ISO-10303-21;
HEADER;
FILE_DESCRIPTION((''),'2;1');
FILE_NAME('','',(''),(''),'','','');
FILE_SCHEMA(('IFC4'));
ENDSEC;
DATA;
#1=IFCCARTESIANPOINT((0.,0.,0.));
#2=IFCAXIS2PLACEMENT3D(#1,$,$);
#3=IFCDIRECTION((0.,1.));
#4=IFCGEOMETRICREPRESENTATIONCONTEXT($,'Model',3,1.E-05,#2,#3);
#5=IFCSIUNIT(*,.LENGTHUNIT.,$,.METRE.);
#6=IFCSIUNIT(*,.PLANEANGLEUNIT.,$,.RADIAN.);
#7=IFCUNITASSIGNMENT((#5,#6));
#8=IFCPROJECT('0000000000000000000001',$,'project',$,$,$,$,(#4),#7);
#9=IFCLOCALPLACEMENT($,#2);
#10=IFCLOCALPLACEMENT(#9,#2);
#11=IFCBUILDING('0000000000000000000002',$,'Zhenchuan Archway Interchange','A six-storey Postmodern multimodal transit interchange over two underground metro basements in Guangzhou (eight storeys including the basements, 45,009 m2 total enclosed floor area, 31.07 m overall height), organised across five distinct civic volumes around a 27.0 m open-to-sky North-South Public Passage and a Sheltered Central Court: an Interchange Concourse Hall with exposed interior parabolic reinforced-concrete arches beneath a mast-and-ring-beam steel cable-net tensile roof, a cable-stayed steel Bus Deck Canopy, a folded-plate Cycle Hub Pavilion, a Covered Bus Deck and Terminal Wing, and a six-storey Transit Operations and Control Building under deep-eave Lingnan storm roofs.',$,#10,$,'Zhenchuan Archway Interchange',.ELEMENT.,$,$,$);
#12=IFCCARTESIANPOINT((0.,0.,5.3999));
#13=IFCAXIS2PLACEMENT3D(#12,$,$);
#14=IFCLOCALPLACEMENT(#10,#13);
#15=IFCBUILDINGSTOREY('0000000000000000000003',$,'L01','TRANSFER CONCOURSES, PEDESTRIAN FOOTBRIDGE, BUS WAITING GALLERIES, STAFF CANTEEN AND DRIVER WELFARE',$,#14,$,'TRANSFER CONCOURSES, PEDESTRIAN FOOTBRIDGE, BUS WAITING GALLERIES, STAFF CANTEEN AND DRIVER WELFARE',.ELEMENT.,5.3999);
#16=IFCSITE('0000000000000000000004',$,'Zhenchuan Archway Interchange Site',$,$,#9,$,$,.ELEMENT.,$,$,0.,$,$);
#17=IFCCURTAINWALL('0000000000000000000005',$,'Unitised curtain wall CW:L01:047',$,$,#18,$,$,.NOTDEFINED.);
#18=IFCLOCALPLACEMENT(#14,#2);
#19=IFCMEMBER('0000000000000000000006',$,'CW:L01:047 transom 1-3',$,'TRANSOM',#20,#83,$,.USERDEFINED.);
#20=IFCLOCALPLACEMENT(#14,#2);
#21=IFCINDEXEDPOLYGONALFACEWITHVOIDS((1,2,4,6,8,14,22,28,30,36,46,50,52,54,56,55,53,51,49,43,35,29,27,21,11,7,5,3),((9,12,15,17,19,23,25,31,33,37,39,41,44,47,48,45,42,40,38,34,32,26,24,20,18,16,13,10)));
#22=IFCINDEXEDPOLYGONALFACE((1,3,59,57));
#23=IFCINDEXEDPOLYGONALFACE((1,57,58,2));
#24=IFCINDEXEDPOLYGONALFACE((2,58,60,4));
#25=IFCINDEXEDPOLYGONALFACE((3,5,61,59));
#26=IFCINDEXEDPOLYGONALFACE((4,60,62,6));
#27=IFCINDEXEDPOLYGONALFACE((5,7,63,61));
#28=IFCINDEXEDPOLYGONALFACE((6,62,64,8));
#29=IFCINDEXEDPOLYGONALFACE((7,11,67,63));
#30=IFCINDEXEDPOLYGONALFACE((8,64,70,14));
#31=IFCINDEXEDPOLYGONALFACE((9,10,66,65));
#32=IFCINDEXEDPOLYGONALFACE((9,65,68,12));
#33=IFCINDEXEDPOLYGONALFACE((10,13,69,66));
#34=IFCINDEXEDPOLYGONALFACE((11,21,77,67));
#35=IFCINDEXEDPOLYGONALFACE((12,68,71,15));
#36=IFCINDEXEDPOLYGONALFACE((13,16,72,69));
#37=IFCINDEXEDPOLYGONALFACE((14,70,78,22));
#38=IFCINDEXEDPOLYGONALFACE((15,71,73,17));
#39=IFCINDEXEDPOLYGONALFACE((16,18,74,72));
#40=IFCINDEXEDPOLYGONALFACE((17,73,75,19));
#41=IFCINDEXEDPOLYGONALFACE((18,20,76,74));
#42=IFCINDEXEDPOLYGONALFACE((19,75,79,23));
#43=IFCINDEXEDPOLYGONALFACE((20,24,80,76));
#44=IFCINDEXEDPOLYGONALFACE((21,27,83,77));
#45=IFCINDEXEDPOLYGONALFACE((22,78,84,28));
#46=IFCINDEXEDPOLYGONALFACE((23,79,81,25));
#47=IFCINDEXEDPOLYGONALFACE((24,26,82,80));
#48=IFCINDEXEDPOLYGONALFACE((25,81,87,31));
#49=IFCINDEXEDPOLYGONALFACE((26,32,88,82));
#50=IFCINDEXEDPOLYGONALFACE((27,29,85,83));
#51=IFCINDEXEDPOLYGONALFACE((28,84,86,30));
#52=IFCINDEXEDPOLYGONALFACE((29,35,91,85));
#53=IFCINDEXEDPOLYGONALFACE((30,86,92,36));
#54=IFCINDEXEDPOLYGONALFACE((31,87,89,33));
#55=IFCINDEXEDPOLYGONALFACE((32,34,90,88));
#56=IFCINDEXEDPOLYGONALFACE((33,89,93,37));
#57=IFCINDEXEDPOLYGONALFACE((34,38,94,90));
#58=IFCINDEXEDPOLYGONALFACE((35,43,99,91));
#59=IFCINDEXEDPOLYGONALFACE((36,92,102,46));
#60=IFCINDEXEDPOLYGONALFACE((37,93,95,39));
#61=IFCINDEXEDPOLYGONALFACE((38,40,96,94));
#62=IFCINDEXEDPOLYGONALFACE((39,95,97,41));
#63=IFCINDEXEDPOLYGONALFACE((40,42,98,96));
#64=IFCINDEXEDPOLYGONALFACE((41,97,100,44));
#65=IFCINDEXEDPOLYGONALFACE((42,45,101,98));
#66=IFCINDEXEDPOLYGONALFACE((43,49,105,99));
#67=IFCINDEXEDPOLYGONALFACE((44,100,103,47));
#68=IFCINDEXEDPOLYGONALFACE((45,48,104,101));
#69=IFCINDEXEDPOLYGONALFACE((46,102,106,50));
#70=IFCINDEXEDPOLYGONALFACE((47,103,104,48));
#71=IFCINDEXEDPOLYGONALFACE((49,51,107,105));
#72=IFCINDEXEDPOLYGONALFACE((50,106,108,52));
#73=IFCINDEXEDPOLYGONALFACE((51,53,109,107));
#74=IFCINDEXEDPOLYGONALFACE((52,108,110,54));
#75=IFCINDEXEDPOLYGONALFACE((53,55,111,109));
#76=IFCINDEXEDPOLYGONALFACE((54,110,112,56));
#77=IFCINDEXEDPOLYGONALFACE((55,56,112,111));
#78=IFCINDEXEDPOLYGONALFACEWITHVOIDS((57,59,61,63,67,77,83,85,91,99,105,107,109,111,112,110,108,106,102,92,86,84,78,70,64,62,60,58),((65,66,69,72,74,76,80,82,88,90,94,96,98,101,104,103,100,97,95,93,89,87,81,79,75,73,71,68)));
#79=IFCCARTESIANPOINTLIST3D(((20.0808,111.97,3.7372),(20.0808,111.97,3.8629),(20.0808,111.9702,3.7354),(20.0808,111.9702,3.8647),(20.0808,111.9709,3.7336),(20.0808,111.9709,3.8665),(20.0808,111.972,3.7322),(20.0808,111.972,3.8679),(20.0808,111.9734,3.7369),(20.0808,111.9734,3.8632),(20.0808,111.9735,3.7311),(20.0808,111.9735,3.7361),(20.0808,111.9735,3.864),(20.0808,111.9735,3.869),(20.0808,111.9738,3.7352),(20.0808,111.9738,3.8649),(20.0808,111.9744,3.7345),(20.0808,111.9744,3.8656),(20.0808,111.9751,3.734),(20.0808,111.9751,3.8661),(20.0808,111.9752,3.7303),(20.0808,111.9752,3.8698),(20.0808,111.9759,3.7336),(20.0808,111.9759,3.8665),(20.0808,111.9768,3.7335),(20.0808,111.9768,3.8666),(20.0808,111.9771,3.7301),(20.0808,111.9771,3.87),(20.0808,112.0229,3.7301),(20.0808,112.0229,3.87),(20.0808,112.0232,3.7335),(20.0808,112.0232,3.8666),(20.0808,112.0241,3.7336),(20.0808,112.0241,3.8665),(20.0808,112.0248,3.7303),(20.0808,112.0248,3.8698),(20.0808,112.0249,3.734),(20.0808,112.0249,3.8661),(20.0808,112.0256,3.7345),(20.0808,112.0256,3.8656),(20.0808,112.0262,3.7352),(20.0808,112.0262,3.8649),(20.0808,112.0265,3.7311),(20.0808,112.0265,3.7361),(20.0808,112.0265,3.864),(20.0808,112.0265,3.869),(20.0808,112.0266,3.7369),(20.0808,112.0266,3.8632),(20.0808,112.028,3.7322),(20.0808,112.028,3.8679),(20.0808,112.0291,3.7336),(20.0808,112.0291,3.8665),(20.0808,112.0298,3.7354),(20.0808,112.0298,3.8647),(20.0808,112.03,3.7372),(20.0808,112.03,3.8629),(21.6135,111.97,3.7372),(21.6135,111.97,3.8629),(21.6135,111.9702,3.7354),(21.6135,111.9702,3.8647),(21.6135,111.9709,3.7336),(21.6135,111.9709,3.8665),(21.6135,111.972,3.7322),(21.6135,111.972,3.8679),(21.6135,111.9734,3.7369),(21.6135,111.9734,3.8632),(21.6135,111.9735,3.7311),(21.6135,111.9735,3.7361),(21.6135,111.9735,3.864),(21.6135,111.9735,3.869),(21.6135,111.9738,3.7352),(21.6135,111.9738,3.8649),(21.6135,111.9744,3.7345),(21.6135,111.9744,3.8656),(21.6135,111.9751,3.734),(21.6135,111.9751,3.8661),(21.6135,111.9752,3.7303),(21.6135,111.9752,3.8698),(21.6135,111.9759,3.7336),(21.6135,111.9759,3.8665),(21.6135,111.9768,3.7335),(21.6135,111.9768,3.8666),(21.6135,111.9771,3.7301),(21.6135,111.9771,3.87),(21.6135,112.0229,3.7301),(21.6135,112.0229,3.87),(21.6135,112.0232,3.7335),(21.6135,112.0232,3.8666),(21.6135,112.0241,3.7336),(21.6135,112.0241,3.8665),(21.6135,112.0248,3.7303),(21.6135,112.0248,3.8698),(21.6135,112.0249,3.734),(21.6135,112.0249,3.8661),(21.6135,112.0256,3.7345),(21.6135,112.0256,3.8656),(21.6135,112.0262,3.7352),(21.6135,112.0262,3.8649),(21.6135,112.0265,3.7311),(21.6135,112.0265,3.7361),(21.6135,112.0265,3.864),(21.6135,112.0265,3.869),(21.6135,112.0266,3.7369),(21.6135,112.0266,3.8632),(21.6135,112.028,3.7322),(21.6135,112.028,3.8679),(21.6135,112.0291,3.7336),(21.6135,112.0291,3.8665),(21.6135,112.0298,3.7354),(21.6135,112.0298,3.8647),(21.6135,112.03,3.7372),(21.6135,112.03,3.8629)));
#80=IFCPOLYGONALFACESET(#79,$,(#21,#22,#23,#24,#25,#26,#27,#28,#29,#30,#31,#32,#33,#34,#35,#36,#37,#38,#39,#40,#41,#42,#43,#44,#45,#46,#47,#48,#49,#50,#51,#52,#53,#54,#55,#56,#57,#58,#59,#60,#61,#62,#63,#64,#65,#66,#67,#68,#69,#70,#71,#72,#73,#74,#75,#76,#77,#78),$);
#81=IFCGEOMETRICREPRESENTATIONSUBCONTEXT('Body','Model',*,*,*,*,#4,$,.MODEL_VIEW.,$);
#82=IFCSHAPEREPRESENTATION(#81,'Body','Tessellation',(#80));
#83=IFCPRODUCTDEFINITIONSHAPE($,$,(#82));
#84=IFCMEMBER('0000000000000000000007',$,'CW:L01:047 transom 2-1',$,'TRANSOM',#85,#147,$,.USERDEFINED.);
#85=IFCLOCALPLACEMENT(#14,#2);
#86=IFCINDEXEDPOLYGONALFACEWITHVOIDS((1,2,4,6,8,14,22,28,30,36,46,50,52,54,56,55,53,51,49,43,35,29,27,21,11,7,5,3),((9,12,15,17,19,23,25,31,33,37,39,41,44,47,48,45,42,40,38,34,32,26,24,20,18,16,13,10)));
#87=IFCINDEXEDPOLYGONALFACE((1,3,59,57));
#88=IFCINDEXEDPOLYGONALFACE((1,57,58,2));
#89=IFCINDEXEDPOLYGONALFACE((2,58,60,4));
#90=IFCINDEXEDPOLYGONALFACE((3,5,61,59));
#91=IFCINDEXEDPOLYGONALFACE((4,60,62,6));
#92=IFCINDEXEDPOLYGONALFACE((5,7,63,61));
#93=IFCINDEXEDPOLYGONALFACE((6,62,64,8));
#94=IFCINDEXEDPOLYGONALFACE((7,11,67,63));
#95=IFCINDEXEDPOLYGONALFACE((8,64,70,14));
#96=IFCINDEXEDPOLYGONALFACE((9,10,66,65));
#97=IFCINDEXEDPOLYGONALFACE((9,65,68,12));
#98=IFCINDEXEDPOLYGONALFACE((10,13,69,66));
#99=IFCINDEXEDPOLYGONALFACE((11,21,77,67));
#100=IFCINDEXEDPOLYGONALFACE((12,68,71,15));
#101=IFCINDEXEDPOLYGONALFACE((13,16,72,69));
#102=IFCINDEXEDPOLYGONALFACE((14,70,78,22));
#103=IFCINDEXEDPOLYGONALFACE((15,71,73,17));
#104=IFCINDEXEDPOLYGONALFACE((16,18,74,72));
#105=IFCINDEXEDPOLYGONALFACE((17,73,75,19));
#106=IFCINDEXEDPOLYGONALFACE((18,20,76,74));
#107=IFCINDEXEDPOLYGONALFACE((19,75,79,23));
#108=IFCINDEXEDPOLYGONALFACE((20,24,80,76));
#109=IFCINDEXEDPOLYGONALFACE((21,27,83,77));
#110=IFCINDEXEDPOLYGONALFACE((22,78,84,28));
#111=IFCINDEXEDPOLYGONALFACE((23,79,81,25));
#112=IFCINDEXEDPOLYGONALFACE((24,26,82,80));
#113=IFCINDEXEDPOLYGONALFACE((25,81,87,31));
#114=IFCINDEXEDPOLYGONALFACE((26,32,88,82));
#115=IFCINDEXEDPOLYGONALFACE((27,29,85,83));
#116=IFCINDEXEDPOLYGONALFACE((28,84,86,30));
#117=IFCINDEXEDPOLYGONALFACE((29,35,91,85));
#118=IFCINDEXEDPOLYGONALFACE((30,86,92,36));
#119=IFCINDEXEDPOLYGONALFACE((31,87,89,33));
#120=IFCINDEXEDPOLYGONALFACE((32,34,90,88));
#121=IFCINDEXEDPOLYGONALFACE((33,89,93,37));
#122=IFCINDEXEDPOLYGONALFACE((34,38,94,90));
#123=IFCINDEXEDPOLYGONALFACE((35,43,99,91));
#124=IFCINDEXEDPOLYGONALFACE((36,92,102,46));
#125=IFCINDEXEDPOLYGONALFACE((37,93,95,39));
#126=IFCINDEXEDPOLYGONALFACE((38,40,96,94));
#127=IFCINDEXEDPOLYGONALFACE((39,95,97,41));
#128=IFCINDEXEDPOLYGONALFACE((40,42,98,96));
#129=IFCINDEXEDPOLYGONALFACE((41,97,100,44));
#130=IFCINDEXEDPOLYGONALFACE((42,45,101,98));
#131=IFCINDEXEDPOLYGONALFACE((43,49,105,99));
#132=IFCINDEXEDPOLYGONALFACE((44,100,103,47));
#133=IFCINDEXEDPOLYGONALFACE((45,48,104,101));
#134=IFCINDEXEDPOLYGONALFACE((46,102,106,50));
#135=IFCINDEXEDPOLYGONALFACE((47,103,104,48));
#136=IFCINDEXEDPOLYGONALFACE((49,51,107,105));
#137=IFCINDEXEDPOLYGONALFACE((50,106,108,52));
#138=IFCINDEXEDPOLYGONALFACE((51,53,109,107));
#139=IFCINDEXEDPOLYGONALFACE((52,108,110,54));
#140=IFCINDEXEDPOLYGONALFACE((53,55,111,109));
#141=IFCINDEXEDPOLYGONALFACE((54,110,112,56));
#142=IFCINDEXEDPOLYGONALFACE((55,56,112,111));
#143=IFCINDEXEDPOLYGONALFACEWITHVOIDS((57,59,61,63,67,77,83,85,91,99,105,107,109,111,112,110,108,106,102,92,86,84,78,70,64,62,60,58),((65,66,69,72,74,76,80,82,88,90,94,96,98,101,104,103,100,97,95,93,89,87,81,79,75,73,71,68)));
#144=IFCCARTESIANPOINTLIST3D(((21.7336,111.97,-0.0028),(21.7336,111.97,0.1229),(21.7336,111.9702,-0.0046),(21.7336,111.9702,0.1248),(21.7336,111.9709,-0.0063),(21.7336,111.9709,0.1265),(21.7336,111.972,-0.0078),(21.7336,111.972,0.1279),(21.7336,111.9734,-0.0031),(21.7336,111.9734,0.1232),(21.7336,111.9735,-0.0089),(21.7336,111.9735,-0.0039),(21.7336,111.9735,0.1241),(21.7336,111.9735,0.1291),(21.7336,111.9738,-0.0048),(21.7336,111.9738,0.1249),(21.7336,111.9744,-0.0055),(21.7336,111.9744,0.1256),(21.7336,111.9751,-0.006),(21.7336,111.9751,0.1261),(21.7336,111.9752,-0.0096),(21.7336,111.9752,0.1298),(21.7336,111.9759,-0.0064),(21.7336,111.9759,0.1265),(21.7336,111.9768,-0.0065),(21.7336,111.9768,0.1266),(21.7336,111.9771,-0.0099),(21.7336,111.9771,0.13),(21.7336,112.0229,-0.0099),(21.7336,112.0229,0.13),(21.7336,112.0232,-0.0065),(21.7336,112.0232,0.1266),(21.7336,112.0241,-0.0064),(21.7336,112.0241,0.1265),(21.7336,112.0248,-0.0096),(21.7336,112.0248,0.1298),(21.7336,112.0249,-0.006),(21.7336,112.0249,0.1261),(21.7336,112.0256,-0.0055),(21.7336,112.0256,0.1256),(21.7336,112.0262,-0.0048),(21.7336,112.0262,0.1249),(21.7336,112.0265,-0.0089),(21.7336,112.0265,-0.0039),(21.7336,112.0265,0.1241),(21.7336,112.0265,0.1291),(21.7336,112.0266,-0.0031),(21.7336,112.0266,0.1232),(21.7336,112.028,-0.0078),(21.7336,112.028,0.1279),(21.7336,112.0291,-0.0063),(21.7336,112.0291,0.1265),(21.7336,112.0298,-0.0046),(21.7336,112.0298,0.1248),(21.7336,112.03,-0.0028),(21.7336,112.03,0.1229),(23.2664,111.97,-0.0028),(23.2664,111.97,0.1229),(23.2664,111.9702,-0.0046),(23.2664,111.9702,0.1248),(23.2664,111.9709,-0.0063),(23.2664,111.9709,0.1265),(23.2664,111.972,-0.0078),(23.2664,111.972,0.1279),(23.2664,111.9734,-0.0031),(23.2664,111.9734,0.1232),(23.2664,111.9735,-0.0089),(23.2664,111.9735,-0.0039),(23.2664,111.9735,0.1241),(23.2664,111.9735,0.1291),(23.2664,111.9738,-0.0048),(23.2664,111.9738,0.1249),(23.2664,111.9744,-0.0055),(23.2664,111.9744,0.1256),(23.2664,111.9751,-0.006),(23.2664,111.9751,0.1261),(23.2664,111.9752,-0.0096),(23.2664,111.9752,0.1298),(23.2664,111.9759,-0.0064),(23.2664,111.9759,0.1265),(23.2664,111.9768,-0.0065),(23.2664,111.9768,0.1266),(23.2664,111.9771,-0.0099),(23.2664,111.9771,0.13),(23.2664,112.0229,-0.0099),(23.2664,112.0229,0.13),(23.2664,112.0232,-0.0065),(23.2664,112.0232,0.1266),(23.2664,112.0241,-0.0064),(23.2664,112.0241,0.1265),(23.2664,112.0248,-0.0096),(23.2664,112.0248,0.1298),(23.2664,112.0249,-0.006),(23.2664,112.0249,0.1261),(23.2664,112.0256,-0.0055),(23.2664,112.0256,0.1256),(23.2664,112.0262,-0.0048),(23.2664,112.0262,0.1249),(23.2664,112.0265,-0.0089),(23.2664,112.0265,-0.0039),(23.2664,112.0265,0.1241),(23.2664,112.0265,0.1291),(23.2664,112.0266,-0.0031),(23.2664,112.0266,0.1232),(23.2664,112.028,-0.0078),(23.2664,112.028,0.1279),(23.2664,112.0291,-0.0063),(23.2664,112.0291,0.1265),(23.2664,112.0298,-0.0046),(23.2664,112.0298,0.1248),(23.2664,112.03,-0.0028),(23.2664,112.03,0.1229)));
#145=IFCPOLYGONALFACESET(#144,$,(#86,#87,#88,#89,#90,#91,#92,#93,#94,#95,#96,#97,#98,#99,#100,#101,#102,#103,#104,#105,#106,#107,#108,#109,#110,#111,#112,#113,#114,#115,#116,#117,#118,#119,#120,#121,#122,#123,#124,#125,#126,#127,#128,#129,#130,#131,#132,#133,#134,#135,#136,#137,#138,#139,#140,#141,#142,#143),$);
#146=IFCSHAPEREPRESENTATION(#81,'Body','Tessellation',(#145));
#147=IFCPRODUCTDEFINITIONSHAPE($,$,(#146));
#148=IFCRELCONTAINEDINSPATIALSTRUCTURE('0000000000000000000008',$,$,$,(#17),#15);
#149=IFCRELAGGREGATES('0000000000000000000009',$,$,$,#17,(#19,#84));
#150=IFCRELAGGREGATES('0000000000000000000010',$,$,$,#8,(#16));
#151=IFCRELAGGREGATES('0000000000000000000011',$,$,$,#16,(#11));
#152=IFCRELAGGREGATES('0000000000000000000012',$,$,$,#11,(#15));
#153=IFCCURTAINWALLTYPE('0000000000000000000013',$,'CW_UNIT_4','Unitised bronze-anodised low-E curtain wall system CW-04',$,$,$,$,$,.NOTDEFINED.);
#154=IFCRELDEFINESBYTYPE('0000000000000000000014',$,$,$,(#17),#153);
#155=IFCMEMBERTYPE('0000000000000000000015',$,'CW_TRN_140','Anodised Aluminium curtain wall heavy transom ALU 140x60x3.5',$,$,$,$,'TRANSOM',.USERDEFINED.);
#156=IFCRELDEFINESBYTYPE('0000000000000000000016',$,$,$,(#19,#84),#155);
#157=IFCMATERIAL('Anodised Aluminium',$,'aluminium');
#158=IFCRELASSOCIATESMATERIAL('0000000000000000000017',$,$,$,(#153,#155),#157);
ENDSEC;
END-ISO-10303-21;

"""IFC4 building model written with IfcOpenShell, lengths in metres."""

from ifc_helpers import new_model, si_unit, direction, frame, origin, origin_2d, place, context, subcontext, project, spatial, hollow_rectangle, extrude, material, material_profile, profile_set, type_object, element, aggregate, save


model = new_model("IFC4")

# Units and contexts
model_context = context("Model", 3, precision=1e-05, world=origin(), true_north=direction((0.0, 1.0)))
body_context = subcontext(model_context, "Body", "Model", "MODEL_VIEW")
ifc_project = project(units=[si_unit("LENGTHUNIT", "METRE"), si_unit("PLANEANGLEUNIT", "RADIAN")], contexts=[model_context])

# Site, building, storey
site_placement = place(None, origin())
site = spatial("IfcSite", under=ifc_project, at=site_placement, Name="Zhenchuan Archway Interchange Site", CompositionType="ELEMENT", RefElevation=0.0)
building_placement = place(site_placement, origin())
building = spatial("IfcBuilding", under=site, at=building_placement, Name="Zhenchuan Archway Interchange", Description="A six-storey Postmodern multimodal transit interchange over two underground metro basements in Guangzhou (eight storeys including the basements, 45,009 m2 total enclosed floor area, 31.07 m overall height), organised across five distinct civic volumes around a 27.0 m open-to-sky North-South Public Passage and a Sheltered Central Court: an Interchange Concourse Hall with exposed interior parabolic reinforced-concrete arches beneath a mast-and-ring-beam steel cable-net tensile roof, a cable-stayed steel Bus Deck Canopy, a folded-plate Cycle Hub Pavilion, a Covered Bus Deck and Terminal Wing, and a six-storey Transit Operations and Control Building under deep-eave Lingnan storm roofs.", LongName="Zhenchuan Archway Interchange", CompositionType="ELEMENT")
storey_placement = place(building_placement, frame((0.0, 0.0, 5.3999)))
storey = spatial("IfcBuildingStorey", under=building, at=storey_placement, Name="L01", Description="TRANSFER CONCOURSES, PEDESTRIAN FOOTBRIDGE, BUS WAITING GALLERIES, STAFF CANTEEN AND DRIVER WELFARE", LongName="TRANSFER CONCOURSES, PEDESTRIAN FOOTBRIDGE, BUS WAITING GALLERIES, STAFF CANTEEN AND DRIVER WELFARE", CompositionType="ELEMENT", Elevation=5.3999)

# Shared definitions
ifc_material_1 = material(Name="Anodised Aluminium", Category="aluminium")

# Curtain wall, members
curtain_wall_type_1 = type_object("IfcCurtainWallType", Name="CW_UNIT_4", Description="Unitised bronze-anodised low-E curtain wall system CW-04", PredefinedType="NOTDEFINED", material=ifc_material_1)
curtain_wall_1_placement = place(storey_placement, origin())
curtain_wall_1 = element("IfcCurtainWall", 1, at=curtain_wall_1_placement, inside=storey, type_object=curtain_wall_type_1, Name="Unitised curtain wall CW:L01:047", PredefinedType="NOTDEFINED")
ifc_material_profile_1 = material_profile(ifc_material_1, hollow_rectangle(XDim=0.0601, YDim=0.1399, WallThickness=0.0034, InnerFilletRadius=0.0034, OuterFilletRadius=0.0071, at=origin_2d()), Name="ALU 140x60x3.5")
ifc_profile_set_1 = profile_set([ifc_material_profile_1], Name="Anodised Aluminium")
member_type_1 = type_object("IfcMemberType", Name="CW_TRN_140", Description="Anodised Aluminium curtain wall heavy transom ALU 140x60x3.5", ElementType="TRANSOM", PredefinedType="USERDEFINED", material=ifc_profile_set_1)
member_1_placement = place(storey_placement, frame((20.0808, 112.0, 3.8), z_axis=(1.0, 0.0, 0.0), x_axis=(0.0, 1.0, 0.0)))
member_1 = element("IfcMember", 2, at=member_1_placement, type_object=member_type_1, Name="CW:L01:047 transom 1-3", ObjectType="TRANSOM", PredefinedType="USERDEFINED", context=body_context, shape_type="SweptSolid", body=[
    extrude(hollow_rectangle(XDim=0.0601, YDim=0.1399, WallThickness=0.0034, InnerFilletRadius=0.0034, OuterFilletRadius=0.0071, at=origin_2d()), origin(), (0.0, 0.0, 1.0), 1.5327),
])
member_2_placement = place(storey_placement, frame((21.7336, 112.0, 0.0601), z_axis=(1.0, 0.0, 0.0), x_axis=(0.0, 1.0, 0.0)))
member_2 = element("IfcMember", 3, at=member_2_placement, type_object=member_type_1, Name="CW:L01:047 transom 2-1", ObjectType="TRANSOM", PredefinedType="USERDEFINED", context=body_context, shape_type="SweptSolid", body=[
    extrude(hollow_rectangle(XDim=0.0601, YDim=0.1399, WallThickness=0.0034, InnerFilletRadius=0.0034, OuterFilletRadius=0.0071, at=origin_2d()), origin(), (0.0, 0.0, 1.0), 1.5327),
])

aggregate(curtain_wall_1, [member_1, member_2])

save(model, "model.ifc")
